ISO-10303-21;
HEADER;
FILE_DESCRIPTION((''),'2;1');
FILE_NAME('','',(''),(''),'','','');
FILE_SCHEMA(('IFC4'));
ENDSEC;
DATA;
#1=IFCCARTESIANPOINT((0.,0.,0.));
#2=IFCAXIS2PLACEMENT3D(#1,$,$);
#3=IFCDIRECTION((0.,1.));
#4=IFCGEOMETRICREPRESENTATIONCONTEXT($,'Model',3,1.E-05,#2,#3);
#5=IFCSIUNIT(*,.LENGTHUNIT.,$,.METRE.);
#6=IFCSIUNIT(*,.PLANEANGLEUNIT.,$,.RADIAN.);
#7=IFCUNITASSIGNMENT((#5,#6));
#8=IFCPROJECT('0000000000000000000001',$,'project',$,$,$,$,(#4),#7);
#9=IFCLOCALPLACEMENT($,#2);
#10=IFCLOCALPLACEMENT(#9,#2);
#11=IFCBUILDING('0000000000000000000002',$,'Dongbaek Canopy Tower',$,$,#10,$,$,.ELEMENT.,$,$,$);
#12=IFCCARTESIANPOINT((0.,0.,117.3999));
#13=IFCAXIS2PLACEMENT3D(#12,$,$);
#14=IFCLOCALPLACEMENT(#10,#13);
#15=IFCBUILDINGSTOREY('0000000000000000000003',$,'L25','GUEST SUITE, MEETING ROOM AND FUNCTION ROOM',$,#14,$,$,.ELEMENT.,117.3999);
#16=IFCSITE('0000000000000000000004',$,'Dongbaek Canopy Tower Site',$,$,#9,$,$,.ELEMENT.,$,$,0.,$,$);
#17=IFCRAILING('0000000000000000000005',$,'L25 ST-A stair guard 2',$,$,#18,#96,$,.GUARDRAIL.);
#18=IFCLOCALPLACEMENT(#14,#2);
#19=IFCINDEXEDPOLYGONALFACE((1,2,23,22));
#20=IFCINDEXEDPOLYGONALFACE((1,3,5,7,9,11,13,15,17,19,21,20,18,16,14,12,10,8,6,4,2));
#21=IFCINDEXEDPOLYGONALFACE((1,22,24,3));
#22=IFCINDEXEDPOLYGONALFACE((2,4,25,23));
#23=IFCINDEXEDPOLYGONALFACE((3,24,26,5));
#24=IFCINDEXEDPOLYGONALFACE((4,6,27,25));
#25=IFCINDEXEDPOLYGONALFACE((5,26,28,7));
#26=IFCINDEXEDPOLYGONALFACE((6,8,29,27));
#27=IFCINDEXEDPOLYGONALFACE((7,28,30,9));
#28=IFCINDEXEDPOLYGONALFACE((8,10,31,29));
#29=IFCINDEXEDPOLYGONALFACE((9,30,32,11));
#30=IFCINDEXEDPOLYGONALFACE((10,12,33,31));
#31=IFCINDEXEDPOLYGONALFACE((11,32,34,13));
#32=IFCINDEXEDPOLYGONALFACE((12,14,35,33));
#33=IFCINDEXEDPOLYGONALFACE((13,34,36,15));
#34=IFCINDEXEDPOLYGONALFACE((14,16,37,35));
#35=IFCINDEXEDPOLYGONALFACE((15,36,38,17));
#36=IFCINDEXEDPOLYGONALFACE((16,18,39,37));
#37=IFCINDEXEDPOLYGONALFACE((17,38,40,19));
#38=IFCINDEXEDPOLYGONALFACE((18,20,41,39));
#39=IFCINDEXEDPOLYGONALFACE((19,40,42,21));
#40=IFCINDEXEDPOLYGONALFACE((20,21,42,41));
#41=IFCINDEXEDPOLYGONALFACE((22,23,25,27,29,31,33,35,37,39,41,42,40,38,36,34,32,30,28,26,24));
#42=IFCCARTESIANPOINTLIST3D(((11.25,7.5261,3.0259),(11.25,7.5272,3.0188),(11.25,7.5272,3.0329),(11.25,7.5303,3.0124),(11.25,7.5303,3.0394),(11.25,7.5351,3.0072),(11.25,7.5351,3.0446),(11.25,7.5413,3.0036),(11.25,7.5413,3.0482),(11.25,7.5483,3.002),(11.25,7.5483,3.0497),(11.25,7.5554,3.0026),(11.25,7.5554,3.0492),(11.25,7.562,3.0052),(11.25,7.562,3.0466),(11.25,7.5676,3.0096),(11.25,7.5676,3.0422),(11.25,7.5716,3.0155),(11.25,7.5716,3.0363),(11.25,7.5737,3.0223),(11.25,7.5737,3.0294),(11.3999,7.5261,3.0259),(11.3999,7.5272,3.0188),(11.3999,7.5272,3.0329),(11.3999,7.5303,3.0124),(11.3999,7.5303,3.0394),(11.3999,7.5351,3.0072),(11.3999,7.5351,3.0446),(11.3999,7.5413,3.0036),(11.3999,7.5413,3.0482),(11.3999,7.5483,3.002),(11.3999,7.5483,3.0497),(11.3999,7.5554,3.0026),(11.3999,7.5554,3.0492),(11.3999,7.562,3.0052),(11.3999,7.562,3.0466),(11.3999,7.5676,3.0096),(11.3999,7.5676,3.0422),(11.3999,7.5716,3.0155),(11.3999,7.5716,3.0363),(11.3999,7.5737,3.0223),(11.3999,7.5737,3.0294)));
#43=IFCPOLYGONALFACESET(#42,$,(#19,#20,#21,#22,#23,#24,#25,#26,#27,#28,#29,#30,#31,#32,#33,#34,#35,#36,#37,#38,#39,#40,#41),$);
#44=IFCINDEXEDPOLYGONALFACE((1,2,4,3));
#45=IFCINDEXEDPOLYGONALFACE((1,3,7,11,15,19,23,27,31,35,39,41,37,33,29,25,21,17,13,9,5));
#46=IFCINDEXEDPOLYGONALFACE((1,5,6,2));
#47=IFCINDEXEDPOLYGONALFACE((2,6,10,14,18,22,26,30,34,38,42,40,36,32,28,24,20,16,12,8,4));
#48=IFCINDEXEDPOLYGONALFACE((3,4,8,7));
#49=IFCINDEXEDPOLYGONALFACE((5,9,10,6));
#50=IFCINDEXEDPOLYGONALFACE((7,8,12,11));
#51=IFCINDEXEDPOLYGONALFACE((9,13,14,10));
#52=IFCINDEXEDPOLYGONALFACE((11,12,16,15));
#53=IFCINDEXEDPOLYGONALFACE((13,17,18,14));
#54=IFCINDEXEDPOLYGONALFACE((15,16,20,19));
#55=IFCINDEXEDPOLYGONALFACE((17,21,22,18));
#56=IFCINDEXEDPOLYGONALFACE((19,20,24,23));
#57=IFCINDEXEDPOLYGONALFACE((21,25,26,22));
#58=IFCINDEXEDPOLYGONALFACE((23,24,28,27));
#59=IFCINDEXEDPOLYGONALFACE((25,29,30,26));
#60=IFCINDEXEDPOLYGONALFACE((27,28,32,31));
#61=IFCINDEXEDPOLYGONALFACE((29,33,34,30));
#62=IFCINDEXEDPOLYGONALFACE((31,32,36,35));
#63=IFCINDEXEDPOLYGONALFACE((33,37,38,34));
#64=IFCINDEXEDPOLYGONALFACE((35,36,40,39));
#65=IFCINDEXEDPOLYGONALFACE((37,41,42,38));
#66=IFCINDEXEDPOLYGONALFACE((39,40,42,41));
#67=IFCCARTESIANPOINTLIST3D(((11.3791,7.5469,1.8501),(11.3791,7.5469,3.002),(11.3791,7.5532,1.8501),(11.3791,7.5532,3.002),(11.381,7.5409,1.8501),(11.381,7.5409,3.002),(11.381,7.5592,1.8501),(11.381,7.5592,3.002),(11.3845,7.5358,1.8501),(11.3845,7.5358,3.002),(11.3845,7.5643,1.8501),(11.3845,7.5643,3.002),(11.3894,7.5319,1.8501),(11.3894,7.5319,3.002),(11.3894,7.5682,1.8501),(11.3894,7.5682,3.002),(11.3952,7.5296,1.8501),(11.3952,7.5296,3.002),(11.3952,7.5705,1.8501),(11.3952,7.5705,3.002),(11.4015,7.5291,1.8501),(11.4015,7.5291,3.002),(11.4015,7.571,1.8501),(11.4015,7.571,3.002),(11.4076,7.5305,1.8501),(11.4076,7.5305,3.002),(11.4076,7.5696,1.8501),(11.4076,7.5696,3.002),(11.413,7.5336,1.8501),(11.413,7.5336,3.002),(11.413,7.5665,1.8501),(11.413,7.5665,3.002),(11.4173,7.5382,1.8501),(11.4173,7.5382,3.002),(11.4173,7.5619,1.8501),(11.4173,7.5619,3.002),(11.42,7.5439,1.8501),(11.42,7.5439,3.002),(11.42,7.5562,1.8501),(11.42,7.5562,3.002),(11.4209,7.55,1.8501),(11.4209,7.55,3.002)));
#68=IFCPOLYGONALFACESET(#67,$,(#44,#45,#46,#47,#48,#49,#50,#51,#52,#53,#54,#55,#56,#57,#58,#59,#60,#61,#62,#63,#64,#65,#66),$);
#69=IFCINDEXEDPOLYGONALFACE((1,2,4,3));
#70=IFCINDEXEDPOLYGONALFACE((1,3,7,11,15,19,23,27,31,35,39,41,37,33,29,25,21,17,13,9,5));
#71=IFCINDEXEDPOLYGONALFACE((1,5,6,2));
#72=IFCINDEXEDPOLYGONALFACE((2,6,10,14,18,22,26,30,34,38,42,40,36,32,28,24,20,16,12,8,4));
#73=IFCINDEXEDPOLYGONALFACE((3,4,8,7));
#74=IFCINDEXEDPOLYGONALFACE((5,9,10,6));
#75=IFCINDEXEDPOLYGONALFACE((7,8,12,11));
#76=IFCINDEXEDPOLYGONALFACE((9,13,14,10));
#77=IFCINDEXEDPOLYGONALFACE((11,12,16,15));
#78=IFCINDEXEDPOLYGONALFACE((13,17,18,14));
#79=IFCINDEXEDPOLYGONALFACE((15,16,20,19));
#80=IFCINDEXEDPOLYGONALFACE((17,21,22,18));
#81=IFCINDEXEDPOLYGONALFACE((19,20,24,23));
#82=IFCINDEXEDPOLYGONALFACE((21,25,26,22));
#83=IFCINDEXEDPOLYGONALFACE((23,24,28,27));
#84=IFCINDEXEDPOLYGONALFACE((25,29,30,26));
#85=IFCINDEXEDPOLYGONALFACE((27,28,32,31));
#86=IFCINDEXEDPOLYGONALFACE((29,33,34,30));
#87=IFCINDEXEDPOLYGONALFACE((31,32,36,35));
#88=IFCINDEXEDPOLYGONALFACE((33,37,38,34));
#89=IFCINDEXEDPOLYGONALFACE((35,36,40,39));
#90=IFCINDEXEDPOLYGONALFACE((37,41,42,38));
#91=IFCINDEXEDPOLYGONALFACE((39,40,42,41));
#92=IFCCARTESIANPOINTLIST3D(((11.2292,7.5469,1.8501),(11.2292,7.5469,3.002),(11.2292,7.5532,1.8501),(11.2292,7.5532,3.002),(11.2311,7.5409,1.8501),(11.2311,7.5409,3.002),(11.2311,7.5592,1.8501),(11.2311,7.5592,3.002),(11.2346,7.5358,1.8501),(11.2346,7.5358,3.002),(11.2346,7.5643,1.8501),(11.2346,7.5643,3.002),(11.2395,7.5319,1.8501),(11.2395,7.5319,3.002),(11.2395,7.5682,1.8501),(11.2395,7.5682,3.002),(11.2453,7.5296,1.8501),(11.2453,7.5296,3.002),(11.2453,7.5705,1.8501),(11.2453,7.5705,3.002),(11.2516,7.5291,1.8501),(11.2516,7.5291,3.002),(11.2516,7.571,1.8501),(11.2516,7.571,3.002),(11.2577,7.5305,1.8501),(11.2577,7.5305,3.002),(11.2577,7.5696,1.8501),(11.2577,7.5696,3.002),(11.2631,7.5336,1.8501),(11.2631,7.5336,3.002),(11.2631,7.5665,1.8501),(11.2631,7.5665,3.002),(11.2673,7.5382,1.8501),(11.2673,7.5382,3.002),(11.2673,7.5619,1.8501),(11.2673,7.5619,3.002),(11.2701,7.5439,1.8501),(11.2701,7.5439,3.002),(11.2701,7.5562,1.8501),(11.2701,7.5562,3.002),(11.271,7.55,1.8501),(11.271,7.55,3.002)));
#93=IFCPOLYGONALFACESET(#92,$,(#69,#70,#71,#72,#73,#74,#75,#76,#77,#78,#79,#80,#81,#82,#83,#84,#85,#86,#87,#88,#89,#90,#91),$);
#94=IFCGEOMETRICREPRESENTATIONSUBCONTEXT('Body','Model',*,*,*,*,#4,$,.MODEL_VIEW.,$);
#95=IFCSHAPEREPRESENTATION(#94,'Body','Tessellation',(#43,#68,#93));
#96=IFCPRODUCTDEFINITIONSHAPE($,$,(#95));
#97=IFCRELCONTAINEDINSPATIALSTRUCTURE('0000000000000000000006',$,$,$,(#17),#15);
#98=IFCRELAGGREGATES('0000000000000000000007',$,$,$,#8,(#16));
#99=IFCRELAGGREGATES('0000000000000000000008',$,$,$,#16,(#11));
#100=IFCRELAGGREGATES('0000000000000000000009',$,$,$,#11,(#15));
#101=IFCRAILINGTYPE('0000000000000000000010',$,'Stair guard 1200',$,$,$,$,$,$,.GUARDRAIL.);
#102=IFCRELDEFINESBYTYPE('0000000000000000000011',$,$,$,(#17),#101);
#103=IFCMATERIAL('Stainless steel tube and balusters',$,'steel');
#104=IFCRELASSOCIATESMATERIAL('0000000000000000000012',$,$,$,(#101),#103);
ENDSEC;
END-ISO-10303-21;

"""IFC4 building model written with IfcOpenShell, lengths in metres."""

from ifc_helpers import new_model, si_unit, direction, frame, origin, origin_2d, place, context, subcontext, project, spatial, circle, extrude, material, type_object, element, save


model = new_model("IFC4")

# Units and contexts
model_context = context("Model", 3, precision=1e-05, world=origin(), true_north=direction((0.0, 1.0)))
body_context = subcontext(model_context, "Body", "Model", "MODEL_VIEW")
ifc_project = project(units=[si_unit("LENGTHUNIT", "METRE"), si_unit("PLANEANGLEUNIT", "RADIAN")], contexts=[model_context])

# Site, building, storey
site_placement = place(None, origin())
site = spatial("IfcSite", under=ifc_project, at=site_placement, Name="Dongbaek Canopy Tower Site", CompositionType="ELEMENT", RefElevation=0.0)
building_placement = place(site_placement, origin())
building = spatial("IfcBuilding", under=site, at=building_placement, Name="Dongbaek Canopy Tower", CompositionType="ELEMENT")
storey_placement = place(building_placement, frame((0.0, 0.0, 117.3999)))
storey = spatial("IfcBuildingStorey", under=building, at=storey_placement, Name="L25", Description="GUEST SUITE, MEETING ROOM AND FUNCTION ROOM", CompositionType="ELEMENT", Elevation=117.3999)

# Railing
ifc_material_1 = material(Name="Stainless steel tube and balusters", Category="steel")
railing_type_1 = type_object("IfcRailingType", Name="Stair guard 1200", PredefinedType="GUARDRAIL", material=ifc_material_1)
railing_1_placement = place(storey_placement, frame((11.3999, 7.55, 1.8501)))
element("IfcRailing", 1, at=railing_1_placement, inside=storey, type_object=railing_type_1, Name="L25 ST-A stair guard 2", PredefinedType="GUARDRAIL", context=body_context, shape_type="SweptSolid", body=[
    extrude(circle(Radius=0.0239, at=origin_2d()), frame((0.0, 0.0, 1.1758), z_axis=(-1.0, 0.0, 0.0), x_axis=(0.0, -1.0, 0.0)), (0.0, 0.0, 1.0), 0.1499),
    extrude(circle(Radius=0.021, at=origin_2d()), origin(), (0.0, 0.0, 1.0), 1.1519),
    extrude(circle(Radius=0.021, at=origin_2d()), frame((-0.1499, 0.0, 0.0)), (0.0, 0.0, 1.0), 1.1519),
])

save(model, "model.ifc")
